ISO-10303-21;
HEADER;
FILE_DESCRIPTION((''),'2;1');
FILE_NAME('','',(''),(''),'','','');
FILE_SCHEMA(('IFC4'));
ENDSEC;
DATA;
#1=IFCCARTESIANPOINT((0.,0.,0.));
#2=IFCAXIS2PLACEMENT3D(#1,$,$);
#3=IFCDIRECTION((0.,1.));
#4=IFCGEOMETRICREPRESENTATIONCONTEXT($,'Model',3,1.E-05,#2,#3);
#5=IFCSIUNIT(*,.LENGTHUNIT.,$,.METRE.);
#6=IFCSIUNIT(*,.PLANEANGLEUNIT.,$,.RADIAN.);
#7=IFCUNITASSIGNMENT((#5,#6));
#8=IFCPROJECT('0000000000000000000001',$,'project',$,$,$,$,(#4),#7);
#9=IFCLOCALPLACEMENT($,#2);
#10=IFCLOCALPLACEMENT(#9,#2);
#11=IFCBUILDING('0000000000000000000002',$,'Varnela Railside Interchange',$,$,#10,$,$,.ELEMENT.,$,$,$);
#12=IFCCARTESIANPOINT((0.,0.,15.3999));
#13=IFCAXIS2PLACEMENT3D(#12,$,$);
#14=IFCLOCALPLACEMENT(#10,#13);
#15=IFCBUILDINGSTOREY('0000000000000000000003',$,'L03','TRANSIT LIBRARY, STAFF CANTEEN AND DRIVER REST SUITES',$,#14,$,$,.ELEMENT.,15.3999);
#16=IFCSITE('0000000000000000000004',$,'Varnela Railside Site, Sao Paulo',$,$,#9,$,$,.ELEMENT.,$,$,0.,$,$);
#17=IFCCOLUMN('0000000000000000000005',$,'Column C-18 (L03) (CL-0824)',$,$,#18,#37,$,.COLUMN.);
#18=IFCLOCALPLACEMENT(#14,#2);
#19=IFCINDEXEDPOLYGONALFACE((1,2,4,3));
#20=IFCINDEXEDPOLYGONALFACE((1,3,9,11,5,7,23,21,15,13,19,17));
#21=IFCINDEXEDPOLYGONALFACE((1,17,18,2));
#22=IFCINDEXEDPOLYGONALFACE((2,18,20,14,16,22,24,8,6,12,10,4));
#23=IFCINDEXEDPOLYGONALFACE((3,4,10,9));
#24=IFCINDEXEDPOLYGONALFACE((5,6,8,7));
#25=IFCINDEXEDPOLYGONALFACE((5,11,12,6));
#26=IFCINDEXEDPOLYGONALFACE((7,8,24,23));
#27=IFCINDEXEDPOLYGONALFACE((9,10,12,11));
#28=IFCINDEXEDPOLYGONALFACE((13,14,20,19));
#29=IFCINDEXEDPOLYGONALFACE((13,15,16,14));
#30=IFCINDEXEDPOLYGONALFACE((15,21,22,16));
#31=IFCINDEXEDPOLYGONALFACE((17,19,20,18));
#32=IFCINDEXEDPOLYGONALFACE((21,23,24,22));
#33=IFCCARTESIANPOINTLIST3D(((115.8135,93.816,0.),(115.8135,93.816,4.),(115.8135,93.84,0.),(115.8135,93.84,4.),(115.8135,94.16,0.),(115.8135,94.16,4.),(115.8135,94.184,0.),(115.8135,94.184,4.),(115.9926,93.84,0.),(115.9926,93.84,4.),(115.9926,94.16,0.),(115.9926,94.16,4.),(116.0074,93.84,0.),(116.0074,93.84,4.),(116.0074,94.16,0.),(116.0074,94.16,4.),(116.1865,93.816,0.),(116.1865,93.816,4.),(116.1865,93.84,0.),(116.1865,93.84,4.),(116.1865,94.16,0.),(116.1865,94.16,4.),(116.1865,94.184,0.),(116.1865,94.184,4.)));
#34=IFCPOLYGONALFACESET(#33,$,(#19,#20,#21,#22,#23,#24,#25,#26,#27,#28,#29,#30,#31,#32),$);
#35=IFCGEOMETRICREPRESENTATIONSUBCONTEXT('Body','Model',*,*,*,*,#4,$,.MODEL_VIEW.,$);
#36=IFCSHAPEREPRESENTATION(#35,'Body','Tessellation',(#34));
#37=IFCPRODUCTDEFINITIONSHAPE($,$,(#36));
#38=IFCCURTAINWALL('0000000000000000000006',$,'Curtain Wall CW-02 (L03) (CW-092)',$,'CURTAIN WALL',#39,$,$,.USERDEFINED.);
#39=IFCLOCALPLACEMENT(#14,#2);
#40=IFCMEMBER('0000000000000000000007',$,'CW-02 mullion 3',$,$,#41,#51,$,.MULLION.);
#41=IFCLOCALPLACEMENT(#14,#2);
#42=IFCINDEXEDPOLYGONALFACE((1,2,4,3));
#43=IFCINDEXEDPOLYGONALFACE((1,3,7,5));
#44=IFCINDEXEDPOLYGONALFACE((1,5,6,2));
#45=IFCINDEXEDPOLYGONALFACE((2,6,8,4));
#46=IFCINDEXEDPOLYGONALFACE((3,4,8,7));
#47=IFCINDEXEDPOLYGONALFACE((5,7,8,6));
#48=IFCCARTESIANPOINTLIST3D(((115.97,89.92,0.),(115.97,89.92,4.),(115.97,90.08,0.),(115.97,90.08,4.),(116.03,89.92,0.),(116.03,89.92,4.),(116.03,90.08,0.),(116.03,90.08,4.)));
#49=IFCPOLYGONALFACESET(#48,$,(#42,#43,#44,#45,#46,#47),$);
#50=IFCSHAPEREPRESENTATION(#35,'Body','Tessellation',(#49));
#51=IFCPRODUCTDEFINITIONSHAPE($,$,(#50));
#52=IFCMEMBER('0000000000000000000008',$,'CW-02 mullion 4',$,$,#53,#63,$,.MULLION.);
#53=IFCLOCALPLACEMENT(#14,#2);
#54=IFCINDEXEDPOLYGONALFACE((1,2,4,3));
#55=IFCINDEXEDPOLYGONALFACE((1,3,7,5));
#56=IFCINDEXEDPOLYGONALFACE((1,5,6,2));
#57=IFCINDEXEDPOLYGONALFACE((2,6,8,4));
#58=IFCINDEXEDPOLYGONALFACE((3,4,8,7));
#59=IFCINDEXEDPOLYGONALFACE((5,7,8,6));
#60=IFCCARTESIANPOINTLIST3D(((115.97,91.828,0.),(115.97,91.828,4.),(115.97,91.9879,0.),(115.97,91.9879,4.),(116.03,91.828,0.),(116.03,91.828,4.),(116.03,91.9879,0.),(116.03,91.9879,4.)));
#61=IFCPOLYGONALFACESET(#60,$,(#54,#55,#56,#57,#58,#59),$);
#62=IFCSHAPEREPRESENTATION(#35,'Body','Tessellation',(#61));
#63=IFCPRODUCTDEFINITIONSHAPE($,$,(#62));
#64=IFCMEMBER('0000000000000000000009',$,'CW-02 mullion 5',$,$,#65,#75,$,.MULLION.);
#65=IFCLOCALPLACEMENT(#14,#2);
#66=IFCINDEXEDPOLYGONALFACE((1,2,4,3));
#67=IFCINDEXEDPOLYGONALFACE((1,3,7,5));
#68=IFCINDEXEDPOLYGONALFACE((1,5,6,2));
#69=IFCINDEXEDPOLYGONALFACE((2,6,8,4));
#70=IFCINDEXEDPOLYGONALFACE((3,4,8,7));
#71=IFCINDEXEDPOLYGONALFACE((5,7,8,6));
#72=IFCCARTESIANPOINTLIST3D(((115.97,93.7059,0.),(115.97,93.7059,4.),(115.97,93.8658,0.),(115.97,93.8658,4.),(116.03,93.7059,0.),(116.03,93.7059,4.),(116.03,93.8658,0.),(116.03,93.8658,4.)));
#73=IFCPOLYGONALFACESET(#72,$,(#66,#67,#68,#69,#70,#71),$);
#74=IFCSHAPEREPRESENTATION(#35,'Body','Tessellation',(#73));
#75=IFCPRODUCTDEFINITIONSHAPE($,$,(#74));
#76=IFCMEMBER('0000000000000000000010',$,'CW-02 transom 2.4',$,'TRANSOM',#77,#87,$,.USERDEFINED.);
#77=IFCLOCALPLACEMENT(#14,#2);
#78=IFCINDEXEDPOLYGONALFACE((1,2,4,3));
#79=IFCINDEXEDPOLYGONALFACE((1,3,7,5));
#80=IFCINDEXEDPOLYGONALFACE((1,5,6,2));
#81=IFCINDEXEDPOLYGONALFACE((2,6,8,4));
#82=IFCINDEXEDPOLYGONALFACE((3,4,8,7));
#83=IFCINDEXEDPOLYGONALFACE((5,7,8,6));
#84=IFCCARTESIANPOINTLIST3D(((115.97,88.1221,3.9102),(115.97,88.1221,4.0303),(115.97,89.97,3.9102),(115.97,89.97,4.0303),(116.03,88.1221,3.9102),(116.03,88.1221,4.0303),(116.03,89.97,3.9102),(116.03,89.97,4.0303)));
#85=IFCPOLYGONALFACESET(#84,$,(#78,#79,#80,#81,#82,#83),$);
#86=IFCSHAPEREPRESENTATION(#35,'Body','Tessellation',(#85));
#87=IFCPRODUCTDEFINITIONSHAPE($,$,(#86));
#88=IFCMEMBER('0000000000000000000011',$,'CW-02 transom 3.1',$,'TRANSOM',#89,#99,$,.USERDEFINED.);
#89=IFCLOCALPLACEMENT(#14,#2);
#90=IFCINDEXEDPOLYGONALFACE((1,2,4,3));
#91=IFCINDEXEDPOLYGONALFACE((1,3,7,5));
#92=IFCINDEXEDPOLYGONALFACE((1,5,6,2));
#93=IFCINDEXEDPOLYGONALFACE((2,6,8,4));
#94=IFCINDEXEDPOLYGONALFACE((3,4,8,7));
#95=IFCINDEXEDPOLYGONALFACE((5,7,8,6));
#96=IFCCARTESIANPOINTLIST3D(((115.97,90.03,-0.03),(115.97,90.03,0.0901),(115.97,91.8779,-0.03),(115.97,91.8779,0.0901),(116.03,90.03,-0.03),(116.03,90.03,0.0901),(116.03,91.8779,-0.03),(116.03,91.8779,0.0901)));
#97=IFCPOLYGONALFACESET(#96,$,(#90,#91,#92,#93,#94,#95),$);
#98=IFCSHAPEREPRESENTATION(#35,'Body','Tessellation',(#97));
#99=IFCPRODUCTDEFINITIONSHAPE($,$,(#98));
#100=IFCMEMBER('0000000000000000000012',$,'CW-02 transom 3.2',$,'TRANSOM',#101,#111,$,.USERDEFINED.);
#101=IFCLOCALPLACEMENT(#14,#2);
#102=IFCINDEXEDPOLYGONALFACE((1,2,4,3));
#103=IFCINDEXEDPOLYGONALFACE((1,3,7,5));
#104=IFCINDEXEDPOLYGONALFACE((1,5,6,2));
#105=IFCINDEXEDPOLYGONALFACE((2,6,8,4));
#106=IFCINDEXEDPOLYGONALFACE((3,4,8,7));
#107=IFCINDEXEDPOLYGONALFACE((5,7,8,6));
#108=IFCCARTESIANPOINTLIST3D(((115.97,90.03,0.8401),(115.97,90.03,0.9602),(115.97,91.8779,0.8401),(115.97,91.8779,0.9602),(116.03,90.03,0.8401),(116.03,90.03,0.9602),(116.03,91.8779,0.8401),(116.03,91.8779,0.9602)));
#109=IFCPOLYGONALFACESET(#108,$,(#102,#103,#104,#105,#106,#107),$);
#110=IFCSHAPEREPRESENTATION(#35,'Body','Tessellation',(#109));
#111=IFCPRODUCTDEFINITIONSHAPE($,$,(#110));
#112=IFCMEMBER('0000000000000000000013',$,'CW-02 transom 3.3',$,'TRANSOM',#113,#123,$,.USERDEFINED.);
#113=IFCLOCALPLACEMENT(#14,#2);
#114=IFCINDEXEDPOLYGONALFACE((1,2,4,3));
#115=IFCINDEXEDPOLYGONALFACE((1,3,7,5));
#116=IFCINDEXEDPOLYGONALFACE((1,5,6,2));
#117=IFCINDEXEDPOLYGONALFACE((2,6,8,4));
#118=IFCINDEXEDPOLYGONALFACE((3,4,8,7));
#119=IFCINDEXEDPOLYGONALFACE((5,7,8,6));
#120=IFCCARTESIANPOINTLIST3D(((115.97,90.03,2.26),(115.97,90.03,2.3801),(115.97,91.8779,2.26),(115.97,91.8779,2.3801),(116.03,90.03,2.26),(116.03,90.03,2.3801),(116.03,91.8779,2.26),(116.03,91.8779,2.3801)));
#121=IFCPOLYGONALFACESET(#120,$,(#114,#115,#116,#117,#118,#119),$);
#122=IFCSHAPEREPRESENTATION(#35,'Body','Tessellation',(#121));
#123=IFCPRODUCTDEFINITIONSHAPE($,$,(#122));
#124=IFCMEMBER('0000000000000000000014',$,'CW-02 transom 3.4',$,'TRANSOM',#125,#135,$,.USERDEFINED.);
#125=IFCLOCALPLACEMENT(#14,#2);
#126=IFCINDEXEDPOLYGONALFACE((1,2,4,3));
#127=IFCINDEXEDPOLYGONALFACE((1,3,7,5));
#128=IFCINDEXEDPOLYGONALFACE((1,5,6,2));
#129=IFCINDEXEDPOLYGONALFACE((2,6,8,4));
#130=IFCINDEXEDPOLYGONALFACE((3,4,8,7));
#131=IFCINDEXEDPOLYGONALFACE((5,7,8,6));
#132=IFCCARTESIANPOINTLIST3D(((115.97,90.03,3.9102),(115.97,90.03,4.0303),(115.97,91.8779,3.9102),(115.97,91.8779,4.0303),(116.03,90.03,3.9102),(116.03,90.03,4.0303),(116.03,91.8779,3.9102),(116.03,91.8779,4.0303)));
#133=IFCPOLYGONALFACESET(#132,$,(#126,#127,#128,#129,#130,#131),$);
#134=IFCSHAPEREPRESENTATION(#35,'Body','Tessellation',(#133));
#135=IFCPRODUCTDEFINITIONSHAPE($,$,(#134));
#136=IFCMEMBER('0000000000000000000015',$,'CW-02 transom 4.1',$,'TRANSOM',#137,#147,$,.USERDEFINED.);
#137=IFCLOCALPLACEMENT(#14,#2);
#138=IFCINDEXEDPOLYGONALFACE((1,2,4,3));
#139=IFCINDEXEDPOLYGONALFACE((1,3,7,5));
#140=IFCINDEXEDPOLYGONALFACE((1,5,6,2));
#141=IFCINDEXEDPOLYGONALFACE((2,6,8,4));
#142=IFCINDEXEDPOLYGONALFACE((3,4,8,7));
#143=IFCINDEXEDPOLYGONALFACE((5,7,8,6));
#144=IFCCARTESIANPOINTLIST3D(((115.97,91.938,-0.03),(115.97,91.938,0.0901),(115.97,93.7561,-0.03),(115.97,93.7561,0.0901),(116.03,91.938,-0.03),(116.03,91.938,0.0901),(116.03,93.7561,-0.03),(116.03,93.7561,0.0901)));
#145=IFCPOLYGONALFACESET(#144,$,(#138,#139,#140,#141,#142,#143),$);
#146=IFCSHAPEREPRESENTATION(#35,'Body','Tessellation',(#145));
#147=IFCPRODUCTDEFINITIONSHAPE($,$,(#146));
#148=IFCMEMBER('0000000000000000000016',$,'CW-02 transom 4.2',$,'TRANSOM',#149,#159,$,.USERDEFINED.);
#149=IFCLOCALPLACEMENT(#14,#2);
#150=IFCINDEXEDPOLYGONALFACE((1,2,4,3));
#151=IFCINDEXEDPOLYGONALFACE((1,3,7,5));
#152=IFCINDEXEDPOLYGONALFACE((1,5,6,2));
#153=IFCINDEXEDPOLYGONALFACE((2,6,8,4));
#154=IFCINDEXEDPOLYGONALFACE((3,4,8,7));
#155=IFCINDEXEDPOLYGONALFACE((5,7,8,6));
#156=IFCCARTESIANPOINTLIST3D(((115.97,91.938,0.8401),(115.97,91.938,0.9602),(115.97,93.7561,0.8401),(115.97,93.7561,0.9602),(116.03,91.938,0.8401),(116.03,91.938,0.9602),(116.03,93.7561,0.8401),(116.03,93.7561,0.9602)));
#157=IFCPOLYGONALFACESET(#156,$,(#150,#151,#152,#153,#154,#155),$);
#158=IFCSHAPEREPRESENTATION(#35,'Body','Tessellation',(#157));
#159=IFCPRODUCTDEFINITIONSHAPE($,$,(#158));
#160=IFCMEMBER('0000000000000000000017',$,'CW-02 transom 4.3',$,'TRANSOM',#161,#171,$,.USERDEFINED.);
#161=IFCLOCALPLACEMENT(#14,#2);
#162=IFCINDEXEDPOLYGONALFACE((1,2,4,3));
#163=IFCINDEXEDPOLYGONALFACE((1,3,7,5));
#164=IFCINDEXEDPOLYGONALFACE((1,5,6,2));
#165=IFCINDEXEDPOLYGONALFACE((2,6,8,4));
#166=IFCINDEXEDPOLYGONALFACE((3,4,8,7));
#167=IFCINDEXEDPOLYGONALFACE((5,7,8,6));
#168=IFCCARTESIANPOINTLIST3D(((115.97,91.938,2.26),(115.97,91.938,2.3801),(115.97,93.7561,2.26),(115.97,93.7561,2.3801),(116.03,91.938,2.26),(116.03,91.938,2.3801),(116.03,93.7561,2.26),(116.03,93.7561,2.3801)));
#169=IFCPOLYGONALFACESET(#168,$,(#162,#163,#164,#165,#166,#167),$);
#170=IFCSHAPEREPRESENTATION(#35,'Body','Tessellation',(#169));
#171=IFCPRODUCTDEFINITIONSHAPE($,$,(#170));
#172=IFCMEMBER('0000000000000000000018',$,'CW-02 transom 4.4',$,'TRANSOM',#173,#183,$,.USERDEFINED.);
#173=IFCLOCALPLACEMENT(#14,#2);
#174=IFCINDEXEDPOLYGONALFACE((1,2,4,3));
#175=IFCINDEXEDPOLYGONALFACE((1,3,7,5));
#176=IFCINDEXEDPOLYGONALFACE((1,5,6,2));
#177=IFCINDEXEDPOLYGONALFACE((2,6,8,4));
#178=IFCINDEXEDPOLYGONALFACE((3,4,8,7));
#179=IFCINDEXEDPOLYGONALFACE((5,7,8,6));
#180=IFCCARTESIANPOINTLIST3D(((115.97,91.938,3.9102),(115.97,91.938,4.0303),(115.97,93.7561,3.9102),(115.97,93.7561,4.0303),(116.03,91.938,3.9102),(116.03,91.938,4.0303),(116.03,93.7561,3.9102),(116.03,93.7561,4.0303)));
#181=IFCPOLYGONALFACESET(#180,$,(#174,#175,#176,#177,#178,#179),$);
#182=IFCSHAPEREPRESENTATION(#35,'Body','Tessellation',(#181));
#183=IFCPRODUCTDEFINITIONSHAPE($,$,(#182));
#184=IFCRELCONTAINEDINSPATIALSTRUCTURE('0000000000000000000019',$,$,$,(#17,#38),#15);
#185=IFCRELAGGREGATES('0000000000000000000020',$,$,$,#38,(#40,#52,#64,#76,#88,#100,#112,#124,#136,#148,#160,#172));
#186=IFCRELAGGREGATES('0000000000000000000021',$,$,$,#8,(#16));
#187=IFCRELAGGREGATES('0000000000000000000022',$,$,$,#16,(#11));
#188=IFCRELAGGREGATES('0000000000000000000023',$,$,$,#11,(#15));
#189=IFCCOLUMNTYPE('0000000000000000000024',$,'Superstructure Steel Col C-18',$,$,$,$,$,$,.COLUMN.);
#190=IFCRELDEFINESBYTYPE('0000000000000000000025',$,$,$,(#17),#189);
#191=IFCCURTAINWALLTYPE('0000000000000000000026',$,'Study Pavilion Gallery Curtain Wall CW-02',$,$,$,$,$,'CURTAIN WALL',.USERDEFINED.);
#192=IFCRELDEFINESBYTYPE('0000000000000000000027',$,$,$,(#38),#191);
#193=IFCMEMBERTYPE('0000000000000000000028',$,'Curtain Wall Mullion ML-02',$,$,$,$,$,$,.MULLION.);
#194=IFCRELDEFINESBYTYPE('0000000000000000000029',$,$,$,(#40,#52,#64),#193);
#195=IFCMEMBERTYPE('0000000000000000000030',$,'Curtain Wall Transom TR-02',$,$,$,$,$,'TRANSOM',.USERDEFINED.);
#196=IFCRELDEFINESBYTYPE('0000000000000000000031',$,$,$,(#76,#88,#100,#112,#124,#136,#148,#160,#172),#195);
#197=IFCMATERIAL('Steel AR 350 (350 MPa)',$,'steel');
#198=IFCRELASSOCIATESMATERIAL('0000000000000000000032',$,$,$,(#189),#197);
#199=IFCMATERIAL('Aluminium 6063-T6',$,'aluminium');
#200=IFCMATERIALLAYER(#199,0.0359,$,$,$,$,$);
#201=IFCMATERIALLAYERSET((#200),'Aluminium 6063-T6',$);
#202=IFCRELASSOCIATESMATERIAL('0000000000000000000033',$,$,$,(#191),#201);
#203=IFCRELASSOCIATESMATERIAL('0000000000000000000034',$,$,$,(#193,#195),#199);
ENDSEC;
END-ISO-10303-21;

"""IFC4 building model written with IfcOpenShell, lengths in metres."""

from ifc_helpers import new_model, si_unit, direction, frame, origin, origin_2d, place, context, subcontext, project, spatial, rectangle, i_section, extrude, material, layer, layer_set, material_profile, profile_set, type_object, element, aggregate, save


model = new_model("IFC4")

# Units and contexts
model_context = context("Model", 3, precision=1e-05, world=origin(), true_north=direction((0.0, 1.0)))
body_context = subcontext(model_context, "Body", "Model", "MODEL_VIEW")
ifc_project = project(units=[si_unit("LENGTHUNIT", "METRE"), si_unit("PLANEANGLEUNIT", "RADIAN")], contexts=[model_context])

# Site, building, storey
site_placement = place(None, origin())
site = spatial("IfcSite", under=ifc_project, at=site_placement, Name="Varnela Railside Site, Sao Paulo", CompositionType="ELEMENT", RefElevation=0.0)
building_placement = place(site_placement, origin())
building = spatial("IfcBuilding", under=site, at=building_placement, Name="Varnela Railside Interchange", CompositionType="ELEMENT")
storey_placement = place(building_placement, frame((0.0, 0.0, 15.3999)))
storey = spatial("IfcBuildingStorey", under=building, at=storey_placement, Name="L03", Description="TRANSIT LIBRARY, STAFF CANTEEN AND DRIVER REST SUITES", CompositionType="ELEMENT", Elevation=15.3999)

# Column
ifc_material_1 = material(Name="Steel AR 350 (350 MPa)", Category="steel")
ifc_material_profile_1 = material_profile(ifc_material_1, i_section(OverallWidth=0.373, OverallDepth=0.3679, WebThickness=0.0149, FlangeThickness=0.0239, at=origin_2d()), Name="W360x179")
ifc_profile_set_1 = profile_set([ifc_material_profile_1], Name="Steel AR 350 (350 MPa)")
column_type = type_object("IfcColumnType", Name="Superstructure Steel Col C-18", PredefinedType="COLUMN", material=ifc_profile_set_1)
column_placement = place(storey_placement, frame((116.0, 94.0, 0.0), z_axis=(0.0, 0.0, 1.0), x_axis=(1.0, 0.0, 0.0)))
element("IfcColumn", 1, at=column_placement, inside=storey, type_object=column_type, Name="Column C-18 (L03) (CL-0824)", PredefinedType="COLUMN", context=body_context, shape_type="SweptSolid", body=[
    extrude(i_section(OverallWidth=0.373, OverallDepth=0.3679, WebThickness=0.0149, FlangeThickness=0.0239, at=origin_2d()), origin(), (0.0, 0.0, 1.0), 4.0),
])

# Curtain wall, members
ifc_material_2 = material(Name="Aluminium 6063-T6", Category="aluminium")
ifc_layer_1 = layer(ifc_material_2, 0.0359)
ifc_layer_set_1 = layer_set([ifc_layer_1], Name="Aluminium 6063-T6")
curtain_wall_type = type_object("IfcCurtainWallType", Name="Study Pavilion Gallery Curtain Wall CW-02", ElementType="CURTAIN WALL", PredefinedType="USERDEFINED", material=ifc_layer_set_1)
curtain_wall_placement = place(storey_placement, origin())
curtain_wall = element("IfcCurtainWall", 2, at=curtain_wall_placement, inside=storey, type_object=curtain_wall_type, Name="Curtain Wall CW-02 (L03) (CW-092)", ObjectType="CURTAIN WALL", PredefinedType="USERDEFINED")
ifc_material_profile_2 = material_profile(ifc_material_2, rectangle(XDim=0.0601, YDim=0.1599, at=origin_2d()), Name="ALU 60x160")
ifc_profile_set_2 = profile_set([ifc_material_profile_2], Name="Aluminium 6063-T6")
member_type_1 = type_object("IfcMemberType", Name="Curtain Wall Mullion ML-02", PredefinedType="MULLION", material=ifc_profile_set_2)
member_1_placement = place(storey_placement, frame((116.0, 90.0, 0.0), z_axis=(0.0, 0.0, 1.0), x_axis=(-1.0, 0.0, 0.0)))
member_1 = element("IfcMember", 3, at=member_1_placement, type_object=member_type_1, Name="CW-02 mullion 3", PredefinedType="MULLION", context=body_context, shape_type="SweptSolid", body=[
    extrude(rectangle(XDim=0.0601, YDim=0.1599, at=origin_2d()), origin(), (0.0, 0.0, 1.0), 4.0),
])
member_2_placement = place(storey_placement, frame((116.0, 91.908, 0.0), z_axis=(0.0, 0.0, 1.0), x_axis=(-1.0, 0.0, 0.0)))
member_2 = element("IfcMember", 4, at=member_2_placement, type_object=member_type_1, Name="CW-02 mullion 4", PredefinedType="MULLION", context=body_context, shape_type="SweptSolid", body=[
    extrude(rectangle(XDim=0.0601, YDim=0.1599, at=origin_2d()), origin(), (0.0, 0.0, 1.0), 4.0),
])
member_3_placement = place(storey_placement, frame((116.0, 93.7859, 0.0), z_axis=(0.0, 0.0, 1.0), x_axis=(-1.0, 0.0, 0.0)))
member_3 = element("IfcMember", 5, at=member_3_placement, type_object=member_type_1, Name="CW-02 mullion 5", PredefinedType="MULLION", context=body_context, shape_type="SweptSolid", body=[
    extrude(rectangle(XDim=0.0601, YDim=0.1599, at=origin_2d()), origin(), (0.0, 0.0, 1.0), 4.0),
])
ifc_material_profile_3 = material_profile(ifc_material_2, rectangle(XDim=0.0601, YDim=0.1201, at=origin_2d()), Name="ALU 60x120")
ifc_profile_set_3 = profile_set([ifc_material_profile_3], Name="Aluminium 6063-T6")
member_type_2 = type_object("IfcMemberType", Name="Curtain Wall Transom TR-02", ElementType="TRANSOM", PredefinedType="USERDEFINED", material=ifc_profile_set_3)
member_4_placement = place(storey_placement, frame((116.0, 88.1221, 3.9702), z_axis=(0.0, 1.0, 0.0), x_axis=(-1.0, 0.0, 0.0)))
member_4 = element("IfcMember", 6, at=member_4_placement, type_object=member_type_2, Name="CW-02 transom 2.4", ObjectType="TRANSOM", PredefinedType="USERDEFINED", context=body_context, shape_type="SweptSolid", body=[
    extrude(rectangle(XDim=0.0601, YDim=0.1201, at=origin_2d()), origin(), (0.0, 0.0, 1.0), 1.8479),
])
member_5_placement = place(storey_placement, frame((116.0, 90.03, 0.03), z_axis=(0.0, 1.0, 0.0), x_axis=(-1.0, 0.0, 0.0)))
member_5 = element("IfcMember", 7, at=member_5_placement, type_object=member_type_2, Name="CW-02 transom 3.1", ObjectType="TRANSOM", PredefinedType="USERDEFINED", context=body_context, shape_type="SweptSolid", body=[
    extrude(rectangle(XDim=0.0601, YDim=0.1201, at=origin_2d()), origin(), (0.0, 0.0, 1.0), 1.8479),
])
member_6_placement = place(storey_placement, frame((116.0, 90.03, 0.9001), z_axis=(0.0, 1.0, 0.0), x_axis=(-1.0, 0.0, 0.0)))
member_6 = element("IfcMember", 8, at=member_6_placement, type_object=member_type_2, Name="CW-02 transom 3.2", ObjectType="TRANSOM", PredefinedType="USERDEFINED", context=body_context, shape_type="SweptSolid", body=[
    extrude(rectangle(XDim=0.0601, YDim=0.1201, at=origin_2d()), origin(), (0.0, 0.0, 1.0), 1.8479),
])
member_7_placement = place(storey_placement, frame((116.0, 90.03, 2.3201), z_axis=(0.0, 1.0, 0.0), x_axis=(-1.0, 0.0, 0.0)))
member_7 = element("IfcMember", 9, at=member_7_placement, type_object=member_type_2, Name="CW-02 transom 3.3", ObjectType="TRANSOM", PredefinedType="USERDEFINED", context=body_context, shape_type="SweptSolid", body=[
    extrude(rectangle(XDim=0.0601, YDim=0.1201, at=origin_2d()), origin(), (0.0, 0.0, 1.0), 1.8479),
])
member_8_placement = place(storey_placement, frame((116.0, 90.03, 3.9702), z_axis=(0.0, 1.0, 0.0), x_axis=(-1.0, 0.0, 0.0)))
member_8 = element("IfcMember", 10, at=member_8_placement, type_object=member_type_2, Name="CW-02 transom 3.4", ObjectType="TRANSOM", PredefinedType="USERDEFINED", context=body_context, shape_type="SweptSolid", body=[
    extrude(rectangle(XDim=0.0601, YDim=0.1201, at=origin_2d()), origin(), (0.0, 0.0, 1.0), 1.8479),
])
member_9_placement = place(storey_placement, frame((116.0, 91.938, 0.03), z_axis=(0.0, 1.0, 0.0), x_axis=(-1.0, 0.0, 0.0)))
member_9 = element("IfcMember", 11, at=member_9_placement, type_object=member_type_2, Name="CW-02 transom 4.1", ObjectType="TRANSOM", PredefinedType="USERDEFINED", context=body_context, shape_type="SweptSolid", body=[
    extrude(rectangle(XDim=0.0601, YDim=0.1201, at=origin_2d()), origin(), (0.0, 0.0, 1.0), 1.8181),
])
member_10_placement = place(storey_placement, frame((116.0, 91.938, 0.9001), z_axis=(0.0, 1.0, 0.0), x_axis=(-1.0, 0.0, 0.0)))
member_10 = element("IfcMember", 12, at=member_10_placement, type_object=member_type_2, Name="CW-02 transom 4.2", ObjectType="TRANSOM", PredefinedType="USERDEFINED", context=body_context, shape_type="SweptSolid", body=[
    extrude(rectangle(XDim=0.0601, YDim=0.1201, at=origin_2d()), origin(), (0.0, 0.0, 1.0), 1.8181),
])
member_11_placement = place(storey_placement, frame((116.0, 91.938, 2.3201), z_axis=(0.0, 1.0, 0.0), x_axis=(-1.0, 0.0, 0.0)))
member_11 = element("IfcMember", 13, at=member_11_placement, type_object=member_type_2, Name="CW-02 transom 4.3", ObjectType="TRANSOM", PredefinedType="USERDEFINED", context=body_context, shape_type="SweptSolid", body=[
    extrude(rectangle(XDim=0.0601, YDim=0.1201, at=origin_2d()), origin(), (0.0, 0.0, 1.0), 1.8181),
])
member_12_placement = place(storey_placement, frame((116.0, 91.938, 3.9702), z_axis=(0.0, 1.0, 0.0), x_axis=(-1.0, 0.0, 0.0)))
member_12 = element("IfcMember", 14, at=member_12_placement, type_object=member_type_2, Name="CW-02 transom 4.4", ObjectType="TRANSOM", PredefinedType="USERDEFINED", context=body_context, shape_type="SweptSolid", body=[
    extrude(rectangle(XDim=0.0601, YDim=0.1201, at=origin_2d()), origin(), (0.0, 0.0, 1.0), 1.8181),
])

aggregate(curtain_wall, [member_1, member_2, member_3, member_4, member_5, member_6, member_7, member_8, member_9, member_10, member_11, member_12])

save(model, "model.ifc")
